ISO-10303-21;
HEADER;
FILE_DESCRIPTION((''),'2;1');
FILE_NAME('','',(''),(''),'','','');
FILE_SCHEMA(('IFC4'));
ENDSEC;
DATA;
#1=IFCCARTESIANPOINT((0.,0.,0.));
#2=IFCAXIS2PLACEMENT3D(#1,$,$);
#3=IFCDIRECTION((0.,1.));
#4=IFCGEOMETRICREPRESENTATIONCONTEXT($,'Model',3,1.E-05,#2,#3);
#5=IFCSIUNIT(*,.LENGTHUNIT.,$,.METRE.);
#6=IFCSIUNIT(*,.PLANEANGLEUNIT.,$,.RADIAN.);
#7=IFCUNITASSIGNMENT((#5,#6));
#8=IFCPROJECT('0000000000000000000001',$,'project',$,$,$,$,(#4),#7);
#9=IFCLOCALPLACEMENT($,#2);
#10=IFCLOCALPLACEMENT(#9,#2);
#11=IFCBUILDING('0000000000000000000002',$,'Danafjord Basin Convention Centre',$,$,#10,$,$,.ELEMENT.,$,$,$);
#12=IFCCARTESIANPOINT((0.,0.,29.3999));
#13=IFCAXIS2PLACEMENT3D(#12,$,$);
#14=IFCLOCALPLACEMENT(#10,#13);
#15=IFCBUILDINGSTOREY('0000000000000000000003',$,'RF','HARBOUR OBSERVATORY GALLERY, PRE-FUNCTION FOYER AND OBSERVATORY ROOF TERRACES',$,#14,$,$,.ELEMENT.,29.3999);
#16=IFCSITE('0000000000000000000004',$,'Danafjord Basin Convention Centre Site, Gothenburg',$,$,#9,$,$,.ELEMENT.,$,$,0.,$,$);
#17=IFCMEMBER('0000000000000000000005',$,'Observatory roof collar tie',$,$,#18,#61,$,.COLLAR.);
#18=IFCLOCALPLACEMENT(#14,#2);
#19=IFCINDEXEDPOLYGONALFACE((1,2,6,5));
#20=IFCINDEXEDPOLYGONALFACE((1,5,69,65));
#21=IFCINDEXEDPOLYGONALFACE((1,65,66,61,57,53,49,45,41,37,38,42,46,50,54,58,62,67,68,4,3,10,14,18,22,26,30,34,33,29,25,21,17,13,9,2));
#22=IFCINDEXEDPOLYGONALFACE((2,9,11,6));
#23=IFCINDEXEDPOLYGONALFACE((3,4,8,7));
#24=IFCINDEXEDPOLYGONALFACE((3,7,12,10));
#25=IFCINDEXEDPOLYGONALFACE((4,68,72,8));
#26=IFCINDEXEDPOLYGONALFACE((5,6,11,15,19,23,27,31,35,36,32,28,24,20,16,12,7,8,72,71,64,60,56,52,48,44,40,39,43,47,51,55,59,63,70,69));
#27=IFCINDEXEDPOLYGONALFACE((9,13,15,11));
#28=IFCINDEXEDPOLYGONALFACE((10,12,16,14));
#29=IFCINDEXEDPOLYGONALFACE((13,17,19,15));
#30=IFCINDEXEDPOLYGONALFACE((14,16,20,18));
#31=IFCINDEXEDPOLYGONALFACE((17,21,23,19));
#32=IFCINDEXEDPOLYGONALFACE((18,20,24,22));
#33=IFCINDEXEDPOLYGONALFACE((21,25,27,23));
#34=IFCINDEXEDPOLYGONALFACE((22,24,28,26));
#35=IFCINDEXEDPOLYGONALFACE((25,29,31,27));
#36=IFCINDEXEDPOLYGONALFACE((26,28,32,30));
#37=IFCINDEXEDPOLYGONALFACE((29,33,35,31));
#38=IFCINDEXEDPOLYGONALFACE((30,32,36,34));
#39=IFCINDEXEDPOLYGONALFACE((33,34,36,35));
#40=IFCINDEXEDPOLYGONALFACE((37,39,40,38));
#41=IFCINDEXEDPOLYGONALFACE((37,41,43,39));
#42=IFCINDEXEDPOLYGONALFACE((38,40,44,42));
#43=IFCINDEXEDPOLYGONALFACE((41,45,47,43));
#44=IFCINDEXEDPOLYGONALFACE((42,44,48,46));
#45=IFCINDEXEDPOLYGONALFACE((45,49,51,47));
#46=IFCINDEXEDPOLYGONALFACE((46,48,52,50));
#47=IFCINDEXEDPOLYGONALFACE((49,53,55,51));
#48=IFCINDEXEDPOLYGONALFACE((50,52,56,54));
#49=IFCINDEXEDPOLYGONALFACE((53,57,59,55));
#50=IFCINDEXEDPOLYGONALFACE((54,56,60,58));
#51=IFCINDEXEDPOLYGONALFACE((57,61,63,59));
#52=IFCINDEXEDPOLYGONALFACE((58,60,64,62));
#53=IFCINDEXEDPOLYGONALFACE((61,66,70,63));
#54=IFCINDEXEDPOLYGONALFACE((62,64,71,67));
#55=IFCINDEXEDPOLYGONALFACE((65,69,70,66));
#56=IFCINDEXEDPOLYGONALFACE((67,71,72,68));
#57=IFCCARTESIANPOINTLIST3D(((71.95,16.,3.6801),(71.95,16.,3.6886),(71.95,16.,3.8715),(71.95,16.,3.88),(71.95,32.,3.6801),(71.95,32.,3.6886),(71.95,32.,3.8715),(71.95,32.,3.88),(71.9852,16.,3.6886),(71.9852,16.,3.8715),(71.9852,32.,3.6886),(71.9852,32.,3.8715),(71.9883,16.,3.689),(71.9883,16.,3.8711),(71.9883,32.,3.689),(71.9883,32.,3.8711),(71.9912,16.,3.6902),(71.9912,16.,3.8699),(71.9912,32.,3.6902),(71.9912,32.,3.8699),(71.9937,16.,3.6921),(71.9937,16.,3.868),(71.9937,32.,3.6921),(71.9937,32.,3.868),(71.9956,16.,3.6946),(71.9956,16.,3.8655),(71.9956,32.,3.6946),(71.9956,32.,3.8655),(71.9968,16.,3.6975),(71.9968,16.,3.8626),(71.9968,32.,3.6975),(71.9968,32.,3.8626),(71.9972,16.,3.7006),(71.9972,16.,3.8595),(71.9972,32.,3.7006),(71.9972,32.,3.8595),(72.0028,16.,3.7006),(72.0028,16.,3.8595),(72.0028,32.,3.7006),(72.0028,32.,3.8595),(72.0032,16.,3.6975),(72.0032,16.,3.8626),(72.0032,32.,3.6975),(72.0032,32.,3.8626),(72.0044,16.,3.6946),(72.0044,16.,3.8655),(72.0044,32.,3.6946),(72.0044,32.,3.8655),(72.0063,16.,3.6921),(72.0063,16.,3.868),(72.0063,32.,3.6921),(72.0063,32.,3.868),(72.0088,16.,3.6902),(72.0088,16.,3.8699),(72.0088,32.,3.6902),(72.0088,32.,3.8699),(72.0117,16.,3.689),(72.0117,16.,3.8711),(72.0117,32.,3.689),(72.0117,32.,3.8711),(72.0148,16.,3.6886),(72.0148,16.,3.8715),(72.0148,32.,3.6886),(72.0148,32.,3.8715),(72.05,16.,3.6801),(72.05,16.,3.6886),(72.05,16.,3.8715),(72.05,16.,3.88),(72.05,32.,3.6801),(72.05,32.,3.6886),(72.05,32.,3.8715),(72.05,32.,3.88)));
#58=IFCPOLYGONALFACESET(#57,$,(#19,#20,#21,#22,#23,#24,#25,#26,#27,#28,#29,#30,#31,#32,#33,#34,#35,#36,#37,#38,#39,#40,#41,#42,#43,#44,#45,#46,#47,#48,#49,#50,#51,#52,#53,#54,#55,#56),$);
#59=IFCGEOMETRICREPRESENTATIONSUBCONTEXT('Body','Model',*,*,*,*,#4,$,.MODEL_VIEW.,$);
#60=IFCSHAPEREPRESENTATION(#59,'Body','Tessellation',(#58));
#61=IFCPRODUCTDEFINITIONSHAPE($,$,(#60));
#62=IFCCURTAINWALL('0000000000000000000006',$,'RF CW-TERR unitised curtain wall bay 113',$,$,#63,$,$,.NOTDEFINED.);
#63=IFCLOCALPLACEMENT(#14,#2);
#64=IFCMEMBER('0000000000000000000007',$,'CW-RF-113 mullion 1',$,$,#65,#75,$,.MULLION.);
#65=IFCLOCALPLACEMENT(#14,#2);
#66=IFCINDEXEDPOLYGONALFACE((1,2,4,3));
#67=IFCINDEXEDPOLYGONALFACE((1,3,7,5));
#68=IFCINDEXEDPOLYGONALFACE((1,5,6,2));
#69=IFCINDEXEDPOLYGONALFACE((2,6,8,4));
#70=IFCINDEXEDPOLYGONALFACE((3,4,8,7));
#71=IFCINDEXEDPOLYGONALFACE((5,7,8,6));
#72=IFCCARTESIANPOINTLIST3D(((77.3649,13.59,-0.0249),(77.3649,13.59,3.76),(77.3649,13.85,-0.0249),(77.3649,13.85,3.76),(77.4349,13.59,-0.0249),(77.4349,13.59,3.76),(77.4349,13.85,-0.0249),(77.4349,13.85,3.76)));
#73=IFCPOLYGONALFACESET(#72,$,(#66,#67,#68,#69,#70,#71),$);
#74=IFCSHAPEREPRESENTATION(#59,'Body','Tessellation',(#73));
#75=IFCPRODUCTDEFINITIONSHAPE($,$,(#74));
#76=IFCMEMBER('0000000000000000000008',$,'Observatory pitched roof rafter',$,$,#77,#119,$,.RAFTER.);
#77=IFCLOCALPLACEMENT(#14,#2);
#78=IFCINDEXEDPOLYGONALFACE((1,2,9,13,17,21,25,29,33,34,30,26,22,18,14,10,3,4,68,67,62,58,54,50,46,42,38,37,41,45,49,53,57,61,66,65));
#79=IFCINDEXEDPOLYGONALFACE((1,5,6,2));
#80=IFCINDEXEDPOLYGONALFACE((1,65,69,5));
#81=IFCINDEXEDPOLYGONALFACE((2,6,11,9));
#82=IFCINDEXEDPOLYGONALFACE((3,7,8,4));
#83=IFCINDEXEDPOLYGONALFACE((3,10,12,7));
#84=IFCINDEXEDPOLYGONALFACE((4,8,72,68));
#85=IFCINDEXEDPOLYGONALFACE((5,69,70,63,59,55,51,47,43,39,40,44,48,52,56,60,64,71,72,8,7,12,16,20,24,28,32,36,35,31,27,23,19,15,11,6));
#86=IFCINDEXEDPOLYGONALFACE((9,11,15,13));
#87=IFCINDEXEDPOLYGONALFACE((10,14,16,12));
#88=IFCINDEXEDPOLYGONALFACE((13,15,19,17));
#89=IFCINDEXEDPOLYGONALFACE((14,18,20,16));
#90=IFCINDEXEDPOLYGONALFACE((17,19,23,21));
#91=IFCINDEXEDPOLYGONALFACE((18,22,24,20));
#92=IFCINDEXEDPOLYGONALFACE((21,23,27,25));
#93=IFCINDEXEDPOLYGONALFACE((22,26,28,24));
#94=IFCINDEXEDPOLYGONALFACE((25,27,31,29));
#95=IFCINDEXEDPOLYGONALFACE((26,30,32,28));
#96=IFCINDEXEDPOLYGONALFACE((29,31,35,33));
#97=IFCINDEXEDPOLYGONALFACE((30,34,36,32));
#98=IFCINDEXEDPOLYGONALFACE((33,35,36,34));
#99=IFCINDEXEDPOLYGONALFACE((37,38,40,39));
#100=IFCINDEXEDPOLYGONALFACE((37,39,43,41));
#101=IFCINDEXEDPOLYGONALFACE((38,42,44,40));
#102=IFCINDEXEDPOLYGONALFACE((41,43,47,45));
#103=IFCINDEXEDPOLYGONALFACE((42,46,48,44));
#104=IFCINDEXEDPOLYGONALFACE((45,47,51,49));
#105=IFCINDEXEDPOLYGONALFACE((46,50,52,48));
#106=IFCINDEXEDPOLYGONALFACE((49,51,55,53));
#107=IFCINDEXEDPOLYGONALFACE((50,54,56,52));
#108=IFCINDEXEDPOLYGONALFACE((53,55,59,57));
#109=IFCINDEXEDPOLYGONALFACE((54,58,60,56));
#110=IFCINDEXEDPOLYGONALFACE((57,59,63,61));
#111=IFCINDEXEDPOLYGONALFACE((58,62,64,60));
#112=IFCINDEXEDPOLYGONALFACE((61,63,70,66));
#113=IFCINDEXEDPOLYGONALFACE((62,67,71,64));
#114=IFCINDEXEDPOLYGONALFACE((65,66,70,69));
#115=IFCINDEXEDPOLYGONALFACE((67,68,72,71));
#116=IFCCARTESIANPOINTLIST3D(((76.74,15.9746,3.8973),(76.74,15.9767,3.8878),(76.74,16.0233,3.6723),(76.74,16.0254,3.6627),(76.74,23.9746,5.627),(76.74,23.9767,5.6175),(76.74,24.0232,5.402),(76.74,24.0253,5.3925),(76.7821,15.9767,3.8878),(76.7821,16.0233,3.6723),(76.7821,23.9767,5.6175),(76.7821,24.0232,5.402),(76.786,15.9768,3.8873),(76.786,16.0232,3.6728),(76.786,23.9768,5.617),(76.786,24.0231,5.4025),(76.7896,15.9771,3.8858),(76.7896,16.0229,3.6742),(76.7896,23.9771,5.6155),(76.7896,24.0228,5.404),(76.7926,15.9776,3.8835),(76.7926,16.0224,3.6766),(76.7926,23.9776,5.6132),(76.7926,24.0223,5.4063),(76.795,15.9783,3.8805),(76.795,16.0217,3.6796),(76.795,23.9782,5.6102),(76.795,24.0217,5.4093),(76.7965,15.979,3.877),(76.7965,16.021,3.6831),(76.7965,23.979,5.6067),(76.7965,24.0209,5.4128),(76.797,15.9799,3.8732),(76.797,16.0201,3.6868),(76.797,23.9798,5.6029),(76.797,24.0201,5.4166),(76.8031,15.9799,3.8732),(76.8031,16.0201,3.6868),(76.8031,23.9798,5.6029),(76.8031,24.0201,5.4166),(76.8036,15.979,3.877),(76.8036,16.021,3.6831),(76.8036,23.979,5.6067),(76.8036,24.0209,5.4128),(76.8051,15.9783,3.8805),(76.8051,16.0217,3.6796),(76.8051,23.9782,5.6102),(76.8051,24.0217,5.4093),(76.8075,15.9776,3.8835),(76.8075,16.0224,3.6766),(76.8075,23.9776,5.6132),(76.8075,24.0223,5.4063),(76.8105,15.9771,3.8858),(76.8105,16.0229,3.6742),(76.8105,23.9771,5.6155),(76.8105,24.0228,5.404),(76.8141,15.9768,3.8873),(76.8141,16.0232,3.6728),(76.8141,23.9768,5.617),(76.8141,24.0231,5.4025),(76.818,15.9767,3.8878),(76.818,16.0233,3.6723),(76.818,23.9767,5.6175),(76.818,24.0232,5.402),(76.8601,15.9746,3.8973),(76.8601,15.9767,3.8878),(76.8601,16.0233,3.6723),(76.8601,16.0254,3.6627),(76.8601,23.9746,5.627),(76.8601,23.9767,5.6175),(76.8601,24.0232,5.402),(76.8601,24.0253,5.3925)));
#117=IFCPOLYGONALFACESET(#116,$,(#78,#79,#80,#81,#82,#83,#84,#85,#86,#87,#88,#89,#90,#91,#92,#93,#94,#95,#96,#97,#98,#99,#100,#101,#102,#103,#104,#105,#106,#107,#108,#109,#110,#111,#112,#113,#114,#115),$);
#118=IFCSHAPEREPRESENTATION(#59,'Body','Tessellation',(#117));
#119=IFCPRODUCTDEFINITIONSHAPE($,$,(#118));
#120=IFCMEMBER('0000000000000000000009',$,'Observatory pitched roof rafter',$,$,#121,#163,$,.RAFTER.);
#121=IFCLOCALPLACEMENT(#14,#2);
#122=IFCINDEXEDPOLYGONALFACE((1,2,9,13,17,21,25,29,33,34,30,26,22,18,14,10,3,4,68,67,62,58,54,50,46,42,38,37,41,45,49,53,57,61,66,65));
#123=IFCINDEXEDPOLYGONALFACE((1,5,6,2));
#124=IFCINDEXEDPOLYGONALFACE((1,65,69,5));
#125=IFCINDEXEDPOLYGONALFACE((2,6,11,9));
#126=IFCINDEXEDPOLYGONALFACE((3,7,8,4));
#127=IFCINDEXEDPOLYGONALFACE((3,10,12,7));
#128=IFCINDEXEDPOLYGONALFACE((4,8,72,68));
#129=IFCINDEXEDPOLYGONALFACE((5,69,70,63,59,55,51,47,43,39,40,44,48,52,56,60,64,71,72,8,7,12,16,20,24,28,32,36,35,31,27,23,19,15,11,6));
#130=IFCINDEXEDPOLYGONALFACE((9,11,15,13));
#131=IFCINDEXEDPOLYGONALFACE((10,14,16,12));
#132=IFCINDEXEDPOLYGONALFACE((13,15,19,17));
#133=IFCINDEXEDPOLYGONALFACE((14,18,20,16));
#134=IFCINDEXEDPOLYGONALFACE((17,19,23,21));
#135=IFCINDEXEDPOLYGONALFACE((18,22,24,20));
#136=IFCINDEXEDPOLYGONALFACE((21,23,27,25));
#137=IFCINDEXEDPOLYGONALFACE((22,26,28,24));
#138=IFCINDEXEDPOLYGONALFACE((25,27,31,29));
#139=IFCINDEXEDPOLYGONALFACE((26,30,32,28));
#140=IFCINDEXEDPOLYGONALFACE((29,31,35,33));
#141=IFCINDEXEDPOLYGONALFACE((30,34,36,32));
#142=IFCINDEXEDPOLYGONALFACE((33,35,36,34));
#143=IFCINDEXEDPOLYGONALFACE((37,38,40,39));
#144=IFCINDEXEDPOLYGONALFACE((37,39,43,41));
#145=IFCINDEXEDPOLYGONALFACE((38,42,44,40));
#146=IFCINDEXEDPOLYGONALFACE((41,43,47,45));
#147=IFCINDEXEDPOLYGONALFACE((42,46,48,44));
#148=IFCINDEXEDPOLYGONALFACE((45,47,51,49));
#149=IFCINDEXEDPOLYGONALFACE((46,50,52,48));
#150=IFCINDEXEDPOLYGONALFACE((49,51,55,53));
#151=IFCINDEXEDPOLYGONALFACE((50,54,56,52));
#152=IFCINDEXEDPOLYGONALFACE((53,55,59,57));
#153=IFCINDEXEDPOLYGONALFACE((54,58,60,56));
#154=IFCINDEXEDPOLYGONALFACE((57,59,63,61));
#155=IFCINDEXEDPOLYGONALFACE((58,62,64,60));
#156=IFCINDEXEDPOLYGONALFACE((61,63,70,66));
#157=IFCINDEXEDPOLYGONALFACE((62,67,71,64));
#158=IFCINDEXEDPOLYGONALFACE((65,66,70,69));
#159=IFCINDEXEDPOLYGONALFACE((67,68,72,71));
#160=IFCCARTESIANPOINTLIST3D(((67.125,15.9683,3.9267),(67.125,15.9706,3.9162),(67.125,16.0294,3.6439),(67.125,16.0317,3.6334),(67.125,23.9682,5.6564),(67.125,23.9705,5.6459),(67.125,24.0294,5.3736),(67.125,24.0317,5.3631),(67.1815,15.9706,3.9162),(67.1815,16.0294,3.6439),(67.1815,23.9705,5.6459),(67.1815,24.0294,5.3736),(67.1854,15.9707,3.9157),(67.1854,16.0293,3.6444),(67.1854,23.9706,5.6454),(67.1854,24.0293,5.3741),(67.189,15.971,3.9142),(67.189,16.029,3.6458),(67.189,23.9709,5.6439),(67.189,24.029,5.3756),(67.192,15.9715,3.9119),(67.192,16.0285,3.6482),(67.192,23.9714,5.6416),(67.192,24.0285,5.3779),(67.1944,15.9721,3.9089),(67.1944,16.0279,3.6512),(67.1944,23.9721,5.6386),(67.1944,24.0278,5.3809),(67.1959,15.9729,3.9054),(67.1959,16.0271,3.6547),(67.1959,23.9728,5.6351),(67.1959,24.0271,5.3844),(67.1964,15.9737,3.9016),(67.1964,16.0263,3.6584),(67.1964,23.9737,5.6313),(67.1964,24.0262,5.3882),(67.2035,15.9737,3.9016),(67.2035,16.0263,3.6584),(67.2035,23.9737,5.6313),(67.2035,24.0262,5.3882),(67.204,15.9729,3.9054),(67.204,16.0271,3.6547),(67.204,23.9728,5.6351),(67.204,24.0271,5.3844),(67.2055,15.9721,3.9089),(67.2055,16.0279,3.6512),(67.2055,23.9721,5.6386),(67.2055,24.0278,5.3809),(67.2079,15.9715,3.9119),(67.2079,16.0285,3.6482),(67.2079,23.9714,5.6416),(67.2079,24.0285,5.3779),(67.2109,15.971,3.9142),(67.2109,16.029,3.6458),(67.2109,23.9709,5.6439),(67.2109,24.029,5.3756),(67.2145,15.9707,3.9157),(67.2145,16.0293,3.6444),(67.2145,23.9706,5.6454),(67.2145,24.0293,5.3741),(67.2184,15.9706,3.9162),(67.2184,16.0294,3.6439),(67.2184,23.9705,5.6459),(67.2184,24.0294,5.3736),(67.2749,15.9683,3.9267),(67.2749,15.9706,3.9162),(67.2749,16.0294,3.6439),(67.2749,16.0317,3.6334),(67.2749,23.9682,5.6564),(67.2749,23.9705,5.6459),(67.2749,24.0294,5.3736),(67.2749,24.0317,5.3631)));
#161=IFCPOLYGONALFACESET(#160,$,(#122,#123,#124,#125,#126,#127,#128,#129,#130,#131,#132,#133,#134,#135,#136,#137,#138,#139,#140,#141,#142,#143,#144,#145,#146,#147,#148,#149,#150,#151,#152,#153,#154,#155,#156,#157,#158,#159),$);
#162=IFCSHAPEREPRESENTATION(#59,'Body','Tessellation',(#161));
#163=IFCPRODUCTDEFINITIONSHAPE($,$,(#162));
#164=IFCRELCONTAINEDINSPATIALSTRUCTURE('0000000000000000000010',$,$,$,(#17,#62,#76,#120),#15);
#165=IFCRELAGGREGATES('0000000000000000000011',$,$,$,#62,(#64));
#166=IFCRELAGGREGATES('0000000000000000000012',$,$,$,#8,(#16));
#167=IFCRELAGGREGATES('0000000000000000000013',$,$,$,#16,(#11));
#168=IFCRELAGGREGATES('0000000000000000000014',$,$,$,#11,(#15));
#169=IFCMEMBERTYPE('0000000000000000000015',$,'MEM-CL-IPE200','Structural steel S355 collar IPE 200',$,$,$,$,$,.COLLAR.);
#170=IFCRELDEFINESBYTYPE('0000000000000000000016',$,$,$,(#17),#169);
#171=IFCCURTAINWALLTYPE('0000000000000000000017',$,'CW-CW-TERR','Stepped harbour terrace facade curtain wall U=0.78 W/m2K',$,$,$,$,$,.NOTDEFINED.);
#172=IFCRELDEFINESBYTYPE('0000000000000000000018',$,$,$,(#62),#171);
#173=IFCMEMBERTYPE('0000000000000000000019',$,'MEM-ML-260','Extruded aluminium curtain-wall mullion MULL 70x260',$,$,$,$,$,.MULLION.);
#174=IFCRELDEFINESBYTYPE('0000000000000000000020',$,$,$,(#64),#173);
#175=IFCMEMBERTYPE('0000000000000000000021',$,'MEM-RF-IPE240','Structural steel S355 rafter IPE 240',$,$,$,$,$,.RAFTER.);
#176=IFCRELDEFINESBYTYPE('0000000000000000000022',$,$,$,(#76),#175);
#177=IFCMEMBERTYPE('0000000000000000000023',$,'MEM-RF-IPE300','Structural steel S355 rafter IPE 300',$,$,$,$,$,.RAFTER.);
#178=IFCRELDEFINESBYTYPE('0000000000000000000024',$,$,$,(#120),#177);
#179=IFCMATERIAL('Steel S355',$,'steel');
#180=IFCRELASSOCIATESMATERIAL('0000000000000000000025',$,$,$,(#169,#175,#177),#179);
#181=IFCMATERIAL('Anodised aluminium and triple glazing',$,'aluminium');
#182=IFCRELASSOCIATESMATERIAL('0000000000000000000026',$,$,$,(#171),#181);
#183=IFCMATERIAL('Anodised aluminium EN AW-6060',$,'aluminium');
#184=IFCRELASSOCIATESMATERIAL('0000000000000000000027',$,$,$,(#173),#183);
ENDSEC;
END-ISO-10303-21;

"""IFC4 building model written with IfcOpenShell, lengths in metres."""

from ifc_helpers import new_model, si_unit, direction, frame, origin, origin_2d, place, context, subcontext, project, spatial, rectangle, i_section, extrude, material, material_profile, profile_set, type_object, element, aggregate, save


model = new_model("IFC4")

# Units and contexts
model_context = context("Model", 3, precision=1e-05, world=origin(), true_north=direction((0.0, 1.0)))
body_context = subcontext(model_context, "Body", "Model", "MODEL_VIEW")
ifc_project = project(units=[si_unit("LENGTHUNIT", "METRE"), si_unit("PLANEANGLEUNIT", "RADIAN")], contexts=[model_context])

# Site, building, storey
site_placement = place(None, origin())
site = spatial("IfcSite", under=ifc_project, at=site_placement, Name="Danafjord Basin Convention Centre Site, Gothenburg", CompositionType="ELEMENT", RefElevation=0.0)
building_placement = place(site_placement, origin())
building = spatial("IfcBuilding", under=site, at=building_placement, Name="Danafjord Basin Convention Centre", CompositionType="ELEMENT")
storey_placement = place(building_placement, frame((0.0, 0.0, 29.3999)))
storey = spatial("IfcBuildingStorey", under=building, at=storey_placement, Name="RF", Description="HARBOUR OBSERVATORY GALLERY, PRE-FUNCTION FOYER AND OBSERVATORY ROOF TERRACES", CompositionType="ELEMENT", Elevation=29.3999)

# Shared definitions
ifc_material_1 = material(Name="Steel S355", Category="steel")

# Member
ifc_material_profile_1 = material_profile(ifc_material_1, i_section(OverallWidth=0.1001, OverallDepth=0.2, WebThickness=0.0056, FlangeThickness=0.0085, FilletRadius=0.012, at=origin_2d()), Name="IPE 200")
ifc_profile_set_1 = profile_set([ifc_material_profile_1], Name="Steel S355")
member_type_1 = type_object("IfcMemberType", Name="MEM-CL-IPE200", Description="Structural steel S355 collar IPE 200", PredefinedType="COLLAR", material=ifc_profile_set_1)
member_1_placement = place(storey_placement, frame((72.0, 16.0, 3.78), z_axis=(0.0, 1.0, 0.0), x_axis=(-1.0, 0.0, 0.0)))
element("IfcMember", 1, at=member_1_placement, inside=storey, type_object=member_type_1, Name="Observatory roof collar tie", PredefinedType="COLLAR", context=body_context, shape_type="SweptSolid", body=[
    extrude(i_section(OverallWidth=0.1001, OverallDepth=0.2, WebThickness=0.0056, FlangeThickness=0.0085, FilletRadius=0.012, at=origin_2d()), origin(), (0.0, 0.0, 1.0), 16.0),
])

# Curtain wall, member
ifc_material_2 = material(Name="Anodised aluminium and triple glazing", Category="aluminium")
curtain_wall_type = type_object("IfcCurtainWallType", Name="CW-CW-TERR", Description="Stepped harbour terrace facade curtain wall U=0.78 W/m2K", PredefinedType="NOTDEFINED", material=ifc_material_2)
curtain_wall_placement = place(storey_placement, origin())
curtain_wall = element("IfcCurtainWall", 2, at=curtain_wall_placement, inside=storey, type_object=curtain_wall_type, Name="RF CW-TERR unitised curtain wall bay 113", PredefinedType="NOTDEFINED")
ifc_material_3 = material(Name="Anodised aluminium EN AW-6060", Category="aluminium")
ifc_material_profile_2 = material_profile(ifc_material_3, rectangle(XDim=0.0701, YDim=0.26, at=origin_2d()), Name="MULL 70x260")
ifc_profile_set_2 = profile_set([ifc_material_profile_2], Name="Anodised aluminium EN AW-6060")
member_type_2 = type_object("IfcMemberType", Name="MEM-ML-260", Description="Extruded aluminium curtain-wall mullion MULL 70x260", PredefinedType="MULLION", material=ifc_profile_set_2)
member_2_placement = place(storey_placement, frame((77.3999, 13.72, -0.0249), z_axis=(0.0, 0.0, 1.0), x_axis=(1.0, 0.0, 0.0)))
member_2 = element("IfcMember", 3, at=member_2_placement, type_object=member_type_2, Name="CW-RF-113 mullion 1", PredefinedType="MULLION", context=body_context, shape_type="SweptSolid", body=[
    extrude(rectangle(XDim=0.0701, YDim=0.26, at=origin_2d()), origin(), (0.0, 0.0, 1.0), 3.7849),
])

# Members
ifc_material_profile_3 = material_profile(ifc_material_1, i_section(OverallWidth=0.1201, OverallDepth=0.24, WebThickness=0.0061, FlangeThickness=0.0098, FilletRadius=0.0149, at=origin_2d()), Name="IPE 240")
ifc_profile_set_3 = profile_set([ifc_material_profile_3], Name="Steel S355")
member_type_3 = type_object("IfcMemberType", Name="MEM-RF-IPE240", Description="Structural steel S355 rafter IPE 240", PredefinedType="RAFTER", material=ifc_profile_set_3)
member_3_placement = place(storey_placement, frame((76.8, 16.0, 3.78), z_axis=(0.0, 0.977414, 0.211334), x_axis=(-1.0, 0.0, 0.0)))
element("IfcMember", 4, at=member_3_placement, inside=storey, type_object=member_type_3, Name="Observatory pitched roof rafter", PredefinedType="RAFTER", context=body_context, shape_type="SweptSolid", body=[
    extrude(i_section(OverallWidth=0.1201, OverallDepth=0.24, WebThickness=0.0061, FlangeThickness=0.0098, FilletRadius=0.0149, at=origin_2d()), origin(), (0.0, 0.0, 1.0), 8.1848),
])
ifc_material_profile_4 = material_profile(ifc_material_1, i_section(OverallWidth=0.1499, OverallDepth=0.3, WebThickness=0.0071, FlangeThickness=0.0107, FilletRadius=0.0149, at=origin_2d()), Name="IPE 300")
ifc_profile_set_4 = profile_set([ifc_material_profile_4], Name="Steel S355")
member_type_4 = type_object("IfcMemberType", Name="MEM-RF-IPE300", Description="Structural steel S355 rafter IPE 300", PredefinedType="RAFTER", material=ifc_profile_set_4)
member_4_placement = place(storey_placement, frame((67.2, 16.0, 3.78), z_axis=(0.0, 0.977414, 0.211334), x_axis=(-1.0, 0.0, 0.0)))
element("IfcMember", 5, at=member_4_placement, inside=storey, type_object=member_type_4, Name="Observatory pitched roof rafter", PredefinedType="RAFTER", context=body_context, shape_type="SweptSolid", body=[
    extrude(i_section(OverallWidth=0.1499, OverallDepth=0.3, WebThickness=0.0071, FlangeThickness=0.0107, FilletRadius=0.0149, at=origin_2d()), origin(), (0.0, 0.0, 1.0), 8.1848),
])

aggregate(curtain_wall, [member_2])

save(model, "model.ifc")
